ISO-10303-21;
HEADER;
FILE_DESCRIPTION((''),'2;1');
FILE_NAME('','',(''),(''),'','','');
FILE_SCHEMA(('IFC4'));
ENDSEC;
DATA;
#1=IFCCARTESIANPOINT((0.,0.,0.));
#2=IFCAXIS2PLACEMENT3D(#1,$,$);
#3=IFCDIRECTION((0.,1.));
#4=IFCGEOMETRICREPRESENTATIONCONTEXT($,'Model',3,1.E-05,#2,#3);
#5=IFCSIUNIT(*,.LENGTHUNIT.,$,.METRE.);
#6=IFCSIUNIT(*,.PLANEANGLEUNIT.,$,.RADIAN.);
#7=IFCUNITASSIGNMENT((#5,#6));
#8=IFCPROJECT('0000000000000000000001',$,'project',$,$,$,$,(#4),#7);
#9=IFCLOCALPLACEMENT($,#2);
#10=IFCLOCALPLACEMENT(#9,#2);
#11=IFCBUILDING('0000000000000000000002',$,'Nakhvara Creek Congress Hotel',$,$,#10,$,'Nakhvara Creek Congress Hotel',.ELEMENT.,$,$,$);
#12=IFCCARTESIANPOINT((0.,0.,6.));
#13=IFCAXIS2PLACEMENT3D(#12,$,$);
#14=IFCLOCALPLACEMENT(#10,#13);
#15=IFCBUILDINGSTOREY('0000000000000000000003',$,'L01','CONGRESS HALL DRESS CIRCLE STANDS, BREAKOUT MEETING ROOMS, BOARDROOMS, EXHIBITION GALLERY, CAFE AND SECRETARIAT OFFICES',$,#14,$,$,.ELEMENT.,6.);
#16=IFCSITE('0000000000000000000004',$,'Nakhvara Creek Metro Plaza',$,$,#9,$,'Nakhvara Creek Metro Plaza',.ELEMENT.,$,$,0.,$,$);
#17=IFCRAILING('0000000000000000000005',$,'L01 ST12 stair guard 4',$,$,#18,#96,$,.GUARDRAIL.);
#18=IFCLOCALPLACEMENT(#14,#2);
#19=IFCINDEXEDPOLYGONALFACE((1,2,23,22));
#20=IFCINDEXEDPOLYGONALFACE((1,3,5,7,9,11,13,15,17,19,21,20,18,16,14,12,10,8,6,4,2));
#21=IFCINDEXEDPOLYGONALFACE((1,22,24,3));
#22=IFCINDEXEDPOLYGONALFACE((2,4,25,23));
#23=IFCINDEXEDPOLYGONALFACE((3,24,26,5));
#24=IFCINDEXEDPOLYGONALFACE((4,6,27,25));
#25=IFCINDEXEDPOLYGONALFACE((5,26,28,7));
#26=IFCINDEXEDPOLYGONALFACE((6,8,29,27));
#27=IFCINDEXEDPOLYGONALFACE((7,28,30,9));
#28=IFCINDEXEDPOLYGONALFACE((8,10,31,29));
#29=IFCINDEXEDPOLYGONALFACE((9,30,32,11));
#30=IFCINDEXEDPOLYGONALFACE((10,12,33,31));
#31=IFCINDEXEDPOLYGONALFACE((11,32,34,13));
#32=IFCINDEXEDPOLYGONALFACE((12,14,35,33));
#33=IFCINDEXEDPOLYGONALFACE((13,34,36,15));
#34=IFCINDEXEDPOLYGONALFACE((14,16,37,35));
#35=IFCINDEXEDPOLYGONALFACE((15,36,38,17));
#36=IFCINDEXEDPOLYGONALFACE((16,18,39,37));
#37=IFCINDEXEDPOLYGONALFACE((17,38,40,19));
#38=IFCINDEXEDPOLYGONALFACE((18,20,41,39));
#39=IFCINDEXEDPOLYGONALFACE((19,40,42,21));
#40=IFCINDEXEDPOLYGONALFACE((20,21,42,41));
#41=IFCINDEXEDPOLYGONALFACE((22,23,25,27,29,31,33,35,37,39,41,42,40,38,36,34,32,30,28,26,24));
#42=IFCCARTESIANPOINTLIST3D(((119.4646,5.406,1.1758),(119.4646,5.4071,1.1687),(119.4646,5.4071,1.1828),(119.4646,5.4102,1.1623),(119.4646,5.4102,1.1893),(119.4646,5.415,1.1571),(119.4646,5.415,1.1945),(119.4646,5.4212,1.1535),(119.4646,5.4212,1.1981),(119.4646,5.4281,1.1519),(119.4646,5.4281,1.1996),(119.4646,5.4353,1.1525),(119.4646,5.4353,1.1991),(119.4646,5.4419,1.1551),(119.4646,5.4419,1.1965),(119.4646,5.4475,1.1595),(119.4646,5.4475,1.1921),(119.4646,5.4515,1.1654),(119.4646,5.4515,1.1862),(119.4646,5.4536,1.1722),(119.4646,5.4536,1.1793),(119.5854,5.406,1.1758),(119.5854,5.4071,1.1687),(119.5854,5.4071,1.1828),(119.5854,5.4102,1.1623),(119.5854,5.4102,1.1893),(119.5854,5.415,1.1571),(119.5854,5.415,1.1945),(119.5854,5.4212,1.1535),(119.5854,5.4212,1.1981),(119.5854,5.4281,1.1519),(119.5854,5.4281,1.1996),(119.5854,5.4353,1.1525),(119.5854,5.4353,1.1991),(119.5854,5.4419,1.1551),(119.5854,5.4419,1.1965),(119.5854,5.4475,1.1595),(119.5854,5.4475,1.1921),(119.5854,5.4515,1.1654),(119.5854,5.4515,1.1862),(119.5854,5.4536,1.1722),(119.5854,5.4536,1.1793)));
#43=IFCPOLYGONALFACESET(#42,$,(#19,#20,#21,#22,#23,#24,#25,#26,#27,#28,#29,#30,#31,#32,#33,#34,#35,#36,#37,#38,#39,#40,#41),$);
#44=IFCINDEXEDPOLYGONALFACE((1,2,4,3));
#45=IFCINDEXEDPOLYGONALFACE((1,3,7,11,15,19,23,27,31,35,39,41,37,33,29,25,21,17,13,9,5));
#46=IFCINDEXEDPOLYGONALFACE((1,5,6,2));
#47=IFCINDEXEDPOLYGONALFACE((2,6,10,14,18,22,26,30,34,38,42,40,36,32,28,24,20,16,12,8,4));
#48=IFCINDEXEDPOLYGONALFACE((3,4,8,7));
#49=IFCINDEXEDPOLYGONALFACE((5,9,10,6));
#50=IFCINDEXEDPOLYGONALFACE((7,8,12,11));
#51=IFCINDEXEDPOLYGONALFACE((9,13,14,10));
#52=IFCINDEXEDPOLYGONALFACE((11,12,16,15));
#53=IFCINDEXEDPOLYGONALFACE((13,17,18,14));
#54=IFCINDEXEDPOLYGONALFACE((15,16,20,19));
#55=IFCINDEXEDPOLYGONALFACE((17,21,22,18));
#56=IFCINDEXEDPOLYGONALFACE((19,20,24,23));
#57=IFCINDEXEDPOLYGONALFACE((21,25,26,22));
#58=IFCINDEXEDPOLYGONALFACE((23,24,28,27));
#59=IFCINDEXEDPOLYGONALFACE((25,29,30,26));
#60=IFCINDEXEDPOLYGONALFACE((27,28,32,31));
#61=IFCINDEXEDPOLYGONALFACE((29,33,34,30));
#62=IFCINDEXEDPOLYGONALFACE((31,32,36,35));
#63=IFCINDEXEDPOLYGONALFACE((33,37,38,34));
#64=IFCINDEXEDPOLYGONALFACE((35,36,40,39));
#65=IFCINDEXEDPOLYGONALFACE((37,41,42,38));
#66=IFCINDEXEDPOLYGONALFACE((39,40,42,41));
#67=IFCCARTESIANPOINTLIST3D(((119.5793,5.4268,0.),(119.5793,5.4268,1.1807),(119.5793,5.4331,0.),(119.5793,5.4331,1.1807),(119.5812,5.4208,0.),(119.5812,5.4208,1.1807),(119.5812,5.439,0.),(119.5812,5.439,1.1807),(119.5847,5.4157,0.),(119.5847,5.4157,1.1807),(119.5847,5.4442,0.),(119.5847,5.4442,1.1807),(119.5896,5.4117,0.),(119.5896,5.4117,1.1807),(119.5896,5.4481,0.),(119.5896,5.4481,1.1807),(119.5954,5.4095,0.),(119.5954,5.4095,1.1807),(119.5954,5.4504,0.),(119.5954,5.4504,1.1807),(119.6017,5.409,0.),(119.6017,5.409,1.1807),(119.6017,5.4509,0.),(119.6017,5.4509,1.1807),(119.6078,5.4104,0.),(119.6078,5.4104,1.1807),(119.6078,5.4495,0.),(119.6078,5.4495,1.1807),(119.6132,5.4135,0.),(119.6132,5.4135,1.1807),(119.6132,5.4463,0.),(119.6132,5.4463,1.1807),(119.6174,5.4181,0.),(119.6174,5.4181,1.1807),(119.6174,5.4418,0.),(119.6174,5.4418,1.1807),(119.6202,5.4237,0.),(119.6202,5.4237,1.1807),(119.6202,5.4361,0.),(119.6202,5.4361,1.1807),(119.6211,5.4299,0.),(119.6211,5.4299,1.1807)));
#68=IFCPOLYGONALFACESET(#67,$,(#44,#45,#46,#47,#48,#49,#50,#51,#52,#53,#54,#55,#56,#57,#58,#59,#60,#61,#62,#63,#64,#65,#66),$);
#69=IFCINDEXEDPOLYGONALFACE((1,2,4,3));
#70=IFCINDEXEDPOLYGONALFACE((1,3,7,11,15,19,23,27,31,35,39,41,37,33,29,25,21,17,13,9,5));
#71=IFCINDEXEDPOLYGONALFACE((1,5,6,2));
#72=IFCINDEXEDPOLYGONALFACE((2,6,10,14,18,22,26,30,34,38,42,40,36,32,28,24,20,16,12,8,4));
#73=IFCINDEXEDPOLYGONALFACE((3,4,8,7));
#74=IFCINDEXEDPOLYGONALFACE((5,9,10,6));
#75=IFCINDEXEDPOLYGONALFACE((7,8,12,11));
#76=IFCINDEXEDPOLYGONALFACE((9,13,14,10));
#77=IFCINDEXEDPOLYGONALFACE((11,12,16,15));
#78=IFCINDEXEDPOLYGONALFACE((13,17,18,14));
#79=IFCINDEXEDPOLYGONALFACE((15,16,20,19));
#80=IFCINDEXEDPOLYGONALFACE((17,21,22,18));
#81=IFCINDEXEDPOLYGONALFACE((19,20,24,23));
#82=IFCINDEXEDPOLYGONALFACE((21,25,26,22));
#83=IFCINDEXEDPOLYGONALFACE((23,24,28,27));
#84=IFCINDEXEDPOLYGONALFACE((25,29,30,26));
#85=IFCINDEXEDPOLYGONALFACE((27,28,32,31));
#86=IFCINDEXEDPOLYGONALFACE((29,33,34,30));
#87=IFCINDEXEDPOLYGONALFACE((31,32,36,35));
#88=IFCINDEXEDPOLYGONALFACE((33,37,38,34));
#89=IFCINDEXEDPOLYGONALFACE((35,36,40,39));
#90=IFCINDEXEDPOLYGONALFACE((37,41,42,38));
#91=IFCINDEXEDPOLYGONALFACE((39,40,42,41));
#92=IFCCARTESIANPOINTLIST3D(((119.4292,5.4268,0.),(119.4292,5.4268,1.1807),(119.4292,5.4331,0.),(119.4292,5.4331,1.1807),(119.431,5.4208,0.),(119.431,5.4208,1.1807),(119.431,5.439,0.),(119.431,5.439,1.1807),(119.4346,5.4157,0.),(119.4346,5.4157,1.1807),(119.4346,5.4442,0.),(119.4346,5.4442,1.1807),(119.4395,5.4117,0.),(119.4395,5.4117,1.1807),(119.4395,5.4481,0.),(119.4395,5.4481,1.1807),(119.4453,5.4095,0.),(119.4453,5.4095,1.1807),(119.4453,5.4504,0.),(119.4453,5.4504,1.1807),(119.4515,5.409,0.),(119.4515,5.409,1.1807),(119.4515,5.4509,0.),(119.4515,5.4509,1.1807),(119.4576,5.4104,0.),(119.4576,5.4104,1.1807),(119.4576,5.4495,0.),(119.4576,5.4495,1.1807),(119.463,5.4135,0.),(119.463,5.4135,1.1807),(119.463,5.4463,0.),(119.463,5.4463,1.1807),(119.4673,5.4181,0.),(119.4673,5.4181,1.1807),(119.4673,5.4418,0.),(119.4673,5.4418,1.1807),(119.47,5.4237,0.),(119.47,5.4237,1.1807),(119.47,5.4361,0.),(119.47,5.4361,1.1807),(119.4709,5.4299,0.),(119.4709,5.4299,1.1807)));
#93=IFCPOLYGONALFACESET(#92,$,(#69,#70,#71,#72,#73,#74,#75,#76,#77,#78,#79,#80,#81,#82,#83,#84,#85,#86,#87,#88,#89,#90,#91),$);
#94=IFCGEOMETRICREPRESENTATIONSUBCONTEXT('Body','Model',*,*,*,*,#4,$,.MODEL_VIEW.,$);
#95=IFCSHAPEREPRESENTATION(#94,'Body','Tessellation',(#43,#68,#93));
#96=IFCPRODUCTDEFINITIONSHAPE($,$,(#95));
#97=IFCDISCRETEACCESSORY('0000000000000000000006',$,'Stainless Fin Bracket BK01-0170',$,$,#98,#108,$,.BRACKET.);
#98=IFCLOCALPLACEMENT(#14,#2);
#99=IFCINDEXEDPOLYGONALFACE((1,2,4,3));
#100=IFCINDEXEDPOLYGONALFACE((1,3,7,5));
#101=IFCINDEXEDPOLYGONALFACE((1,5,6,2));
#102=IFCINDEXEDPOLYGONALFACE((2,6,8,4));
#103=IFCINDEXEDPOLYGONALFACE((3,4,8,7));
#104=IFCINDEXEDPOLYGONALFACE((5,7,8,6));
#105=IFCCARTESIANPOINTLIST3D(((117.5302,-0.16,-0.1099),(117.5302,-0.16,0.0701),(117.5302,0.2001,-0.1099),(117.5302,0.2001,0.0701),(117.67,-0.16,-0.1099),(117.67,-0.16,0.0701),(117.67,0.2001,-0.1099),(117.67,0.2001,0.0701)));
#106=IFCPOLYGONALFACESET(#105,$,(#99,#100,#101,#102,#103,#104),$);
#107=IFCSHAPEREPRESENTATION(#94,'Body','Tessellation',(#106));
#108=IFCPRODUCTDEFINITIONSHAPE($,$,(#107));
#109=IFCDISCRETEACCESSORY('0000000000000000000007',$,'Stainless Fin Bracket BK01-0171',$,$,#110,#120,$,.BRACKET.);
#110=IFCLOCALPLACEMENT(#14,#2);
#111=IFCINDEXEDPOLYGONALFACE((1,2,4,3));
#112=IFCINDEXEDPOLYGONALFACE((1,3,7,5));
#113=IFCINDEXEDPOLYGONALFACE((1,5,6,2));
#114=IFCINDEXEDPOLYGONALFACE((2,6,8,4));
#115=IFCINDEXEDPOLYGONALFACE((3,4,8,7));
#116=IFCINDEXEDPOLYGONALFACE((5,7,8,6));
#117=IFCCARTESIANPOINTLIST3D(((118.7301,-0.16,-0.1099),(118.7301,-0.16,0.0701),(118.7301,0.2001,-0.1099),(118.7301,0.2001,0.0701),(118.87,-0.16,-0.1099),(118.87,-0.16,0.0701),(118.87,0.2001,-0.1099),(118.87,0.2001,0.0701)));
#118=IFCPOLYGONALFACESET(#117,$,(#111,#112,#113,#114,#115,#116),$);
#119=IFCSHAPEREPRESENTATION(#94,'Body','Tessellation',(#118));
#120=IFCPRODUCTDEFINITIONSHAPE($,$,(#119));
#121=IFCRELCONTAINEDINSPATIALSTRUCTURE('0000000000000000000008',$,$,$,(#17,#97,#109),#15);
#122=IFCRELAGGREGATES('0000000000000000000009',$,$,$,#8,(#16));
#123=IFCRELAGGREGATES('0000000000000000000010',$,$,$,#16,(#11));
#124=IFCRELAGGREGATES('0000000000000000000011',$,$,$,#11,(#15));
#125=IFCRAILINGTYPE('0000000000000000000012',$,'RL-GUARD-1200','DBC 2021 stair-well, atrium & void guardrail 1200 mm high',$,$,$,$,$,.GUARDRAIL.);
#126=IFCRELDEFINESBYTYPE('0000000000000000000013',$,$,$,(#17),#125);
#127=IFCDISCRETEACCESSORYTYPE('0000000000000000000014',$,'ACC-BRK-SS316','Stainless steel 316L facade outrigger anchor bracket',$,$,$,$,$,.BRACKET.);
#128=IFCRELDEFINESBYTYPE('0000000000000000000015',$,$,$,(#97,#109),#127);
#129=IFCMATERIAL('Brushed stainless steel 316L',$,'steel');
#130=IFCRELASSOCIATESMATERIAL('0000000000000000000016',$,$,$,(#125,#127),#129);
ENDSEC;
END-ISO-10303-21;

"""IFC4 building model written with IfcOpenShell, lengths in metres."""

from ifc_helpers import new_model, si_unit, direction, frame, origin, origin_2d, place, context, subcontext, project, spatial, rectangle, circle, extrude, material, type_object, element, save


model = new_model("IFC4")

# Units and contexts
model_context = context("Model", 3, precision=1e-05, world=origin(), true_north=direction((0.0, 1.0)))
body_context = subcontext(model_context, "Body", "Model", "MODEL_VIEW")
ifc_project = project(units=[si_unit("LENGTHUNIT", "METRE"), si_unit("PLANEANGLEUNIT", "RADIAN")], contexts=[model_context])

# Site, building, storey
site_placement = place(None, origin())
site = spatial("IfcSite", under=ifc_project, at=site_placement, Name="Nakhvara Creek Metro Plaza", LongName="Nakhvara Creek Metro Plaza", CompositionType="ELEMENT", RefElevation=0.0)
building_placement = place(site_placement, origin())
building = spatial("IfcBuilding", under=site, at=building_placement, Name="Nakhvara Creek Congress Hotel", LongName="Nakhvara Creek Congress Hotel", CompositionType="ELEMENT")
storey_placement = place(building_placement, frame((0.0, 0.0, 6.0)))
storey = spatial("IfcBuildingStorey", under=building, at=storey_placement, Name="L01", Description="CONGRESS HALL DRESS CIRCLE STANDS, BREAKOUT MEETING ROOMS, BOARDROOMS, EXHIBITION GALLERY, CAFE AND SECRETARIAT OFFICES", CompositionType="ELEMENT", Elevation=6.0)

# Railing
ifc_material_1 = material(Name="Brushed stainless steel 316L", Category="steel")
railing_type = type_object("IfcRailingType", Name="RL-GUARD-1200", Description="DBC 2021 stair-well, atrium & void guardrail 1200 mm high", PredefinedType="GUARDRAIL", material=ifc_material_1)
railing_1_placement = place(storey_placement, frame((119.6001, 5.4299, 0.0)))
element("IfcRailing", 1, at=railing_1_placement, inside=storey, type_object=railing_type, Name="L01 ST12 stair guard 4", PredefinedType="GUARDRAIL", context=body_context, shape_type="SweptSolid", body=[
    extrude(circle(Radius=0.0239, at=origin_2d()), frame((-0.0146, 0.0, 1.1758), z_axis=(-1.0, 0.0, 0.0), x_axis=(0.0, -1.0, 0.0)), (0.0, 0.0, 1.0), 0.1208),
    extrude(circle(Radius=0.021, at=origin_2d()), origin(), (0.0, 0.0, 1.0), 1.1807),
    extrude(circle(Radius=0.021, at=origin_2d()), frame((-0.1501, 0.0, 0.0)), (0.0, 0.0, 1.0), 1.1807),
])

# Discrete accessories
discrete_accessory_type = type_object("IfcDiscreteAccessoryType", Name="ACC-BRK-SS316", Description="Stainless steel 316L facade outrigger anchor bracket", PredefinedType="BRACKET", material=ifc_material_1)
for number, where, z_axis, x_axis, name in (
    (2, (117.6001, 0.02, -0.1099), (0.0, 0.0, 1.0), (1.0, 0.0, 0.0), "Stainless Fin Bracket BK01-0170"),
    (3, (118.8, 0.02, -0.1099), (0.0, 0.0, 1.0), (1.0, 0.0, 0.0), "Stainless Fin Bracket BK01-0171"),
):
    element("IfcDiscreteAccessory", number, at=place(storey_placement, frame(where, z_axis=z_axis, x_axis=x_axis)), inside=storey, type_object=discrete_accessory_type, Name=name, PredefinedType="BRACKET", context=body_context, shape_type="SweptSolid", body=[
        extrude(rectangle(XDim=0.1399, YDim=0.3601, at=origin_2d()), origin(), (0.0, 0.0, 1.0), 0.1799),
    ])

save(model, "model.ifc")
